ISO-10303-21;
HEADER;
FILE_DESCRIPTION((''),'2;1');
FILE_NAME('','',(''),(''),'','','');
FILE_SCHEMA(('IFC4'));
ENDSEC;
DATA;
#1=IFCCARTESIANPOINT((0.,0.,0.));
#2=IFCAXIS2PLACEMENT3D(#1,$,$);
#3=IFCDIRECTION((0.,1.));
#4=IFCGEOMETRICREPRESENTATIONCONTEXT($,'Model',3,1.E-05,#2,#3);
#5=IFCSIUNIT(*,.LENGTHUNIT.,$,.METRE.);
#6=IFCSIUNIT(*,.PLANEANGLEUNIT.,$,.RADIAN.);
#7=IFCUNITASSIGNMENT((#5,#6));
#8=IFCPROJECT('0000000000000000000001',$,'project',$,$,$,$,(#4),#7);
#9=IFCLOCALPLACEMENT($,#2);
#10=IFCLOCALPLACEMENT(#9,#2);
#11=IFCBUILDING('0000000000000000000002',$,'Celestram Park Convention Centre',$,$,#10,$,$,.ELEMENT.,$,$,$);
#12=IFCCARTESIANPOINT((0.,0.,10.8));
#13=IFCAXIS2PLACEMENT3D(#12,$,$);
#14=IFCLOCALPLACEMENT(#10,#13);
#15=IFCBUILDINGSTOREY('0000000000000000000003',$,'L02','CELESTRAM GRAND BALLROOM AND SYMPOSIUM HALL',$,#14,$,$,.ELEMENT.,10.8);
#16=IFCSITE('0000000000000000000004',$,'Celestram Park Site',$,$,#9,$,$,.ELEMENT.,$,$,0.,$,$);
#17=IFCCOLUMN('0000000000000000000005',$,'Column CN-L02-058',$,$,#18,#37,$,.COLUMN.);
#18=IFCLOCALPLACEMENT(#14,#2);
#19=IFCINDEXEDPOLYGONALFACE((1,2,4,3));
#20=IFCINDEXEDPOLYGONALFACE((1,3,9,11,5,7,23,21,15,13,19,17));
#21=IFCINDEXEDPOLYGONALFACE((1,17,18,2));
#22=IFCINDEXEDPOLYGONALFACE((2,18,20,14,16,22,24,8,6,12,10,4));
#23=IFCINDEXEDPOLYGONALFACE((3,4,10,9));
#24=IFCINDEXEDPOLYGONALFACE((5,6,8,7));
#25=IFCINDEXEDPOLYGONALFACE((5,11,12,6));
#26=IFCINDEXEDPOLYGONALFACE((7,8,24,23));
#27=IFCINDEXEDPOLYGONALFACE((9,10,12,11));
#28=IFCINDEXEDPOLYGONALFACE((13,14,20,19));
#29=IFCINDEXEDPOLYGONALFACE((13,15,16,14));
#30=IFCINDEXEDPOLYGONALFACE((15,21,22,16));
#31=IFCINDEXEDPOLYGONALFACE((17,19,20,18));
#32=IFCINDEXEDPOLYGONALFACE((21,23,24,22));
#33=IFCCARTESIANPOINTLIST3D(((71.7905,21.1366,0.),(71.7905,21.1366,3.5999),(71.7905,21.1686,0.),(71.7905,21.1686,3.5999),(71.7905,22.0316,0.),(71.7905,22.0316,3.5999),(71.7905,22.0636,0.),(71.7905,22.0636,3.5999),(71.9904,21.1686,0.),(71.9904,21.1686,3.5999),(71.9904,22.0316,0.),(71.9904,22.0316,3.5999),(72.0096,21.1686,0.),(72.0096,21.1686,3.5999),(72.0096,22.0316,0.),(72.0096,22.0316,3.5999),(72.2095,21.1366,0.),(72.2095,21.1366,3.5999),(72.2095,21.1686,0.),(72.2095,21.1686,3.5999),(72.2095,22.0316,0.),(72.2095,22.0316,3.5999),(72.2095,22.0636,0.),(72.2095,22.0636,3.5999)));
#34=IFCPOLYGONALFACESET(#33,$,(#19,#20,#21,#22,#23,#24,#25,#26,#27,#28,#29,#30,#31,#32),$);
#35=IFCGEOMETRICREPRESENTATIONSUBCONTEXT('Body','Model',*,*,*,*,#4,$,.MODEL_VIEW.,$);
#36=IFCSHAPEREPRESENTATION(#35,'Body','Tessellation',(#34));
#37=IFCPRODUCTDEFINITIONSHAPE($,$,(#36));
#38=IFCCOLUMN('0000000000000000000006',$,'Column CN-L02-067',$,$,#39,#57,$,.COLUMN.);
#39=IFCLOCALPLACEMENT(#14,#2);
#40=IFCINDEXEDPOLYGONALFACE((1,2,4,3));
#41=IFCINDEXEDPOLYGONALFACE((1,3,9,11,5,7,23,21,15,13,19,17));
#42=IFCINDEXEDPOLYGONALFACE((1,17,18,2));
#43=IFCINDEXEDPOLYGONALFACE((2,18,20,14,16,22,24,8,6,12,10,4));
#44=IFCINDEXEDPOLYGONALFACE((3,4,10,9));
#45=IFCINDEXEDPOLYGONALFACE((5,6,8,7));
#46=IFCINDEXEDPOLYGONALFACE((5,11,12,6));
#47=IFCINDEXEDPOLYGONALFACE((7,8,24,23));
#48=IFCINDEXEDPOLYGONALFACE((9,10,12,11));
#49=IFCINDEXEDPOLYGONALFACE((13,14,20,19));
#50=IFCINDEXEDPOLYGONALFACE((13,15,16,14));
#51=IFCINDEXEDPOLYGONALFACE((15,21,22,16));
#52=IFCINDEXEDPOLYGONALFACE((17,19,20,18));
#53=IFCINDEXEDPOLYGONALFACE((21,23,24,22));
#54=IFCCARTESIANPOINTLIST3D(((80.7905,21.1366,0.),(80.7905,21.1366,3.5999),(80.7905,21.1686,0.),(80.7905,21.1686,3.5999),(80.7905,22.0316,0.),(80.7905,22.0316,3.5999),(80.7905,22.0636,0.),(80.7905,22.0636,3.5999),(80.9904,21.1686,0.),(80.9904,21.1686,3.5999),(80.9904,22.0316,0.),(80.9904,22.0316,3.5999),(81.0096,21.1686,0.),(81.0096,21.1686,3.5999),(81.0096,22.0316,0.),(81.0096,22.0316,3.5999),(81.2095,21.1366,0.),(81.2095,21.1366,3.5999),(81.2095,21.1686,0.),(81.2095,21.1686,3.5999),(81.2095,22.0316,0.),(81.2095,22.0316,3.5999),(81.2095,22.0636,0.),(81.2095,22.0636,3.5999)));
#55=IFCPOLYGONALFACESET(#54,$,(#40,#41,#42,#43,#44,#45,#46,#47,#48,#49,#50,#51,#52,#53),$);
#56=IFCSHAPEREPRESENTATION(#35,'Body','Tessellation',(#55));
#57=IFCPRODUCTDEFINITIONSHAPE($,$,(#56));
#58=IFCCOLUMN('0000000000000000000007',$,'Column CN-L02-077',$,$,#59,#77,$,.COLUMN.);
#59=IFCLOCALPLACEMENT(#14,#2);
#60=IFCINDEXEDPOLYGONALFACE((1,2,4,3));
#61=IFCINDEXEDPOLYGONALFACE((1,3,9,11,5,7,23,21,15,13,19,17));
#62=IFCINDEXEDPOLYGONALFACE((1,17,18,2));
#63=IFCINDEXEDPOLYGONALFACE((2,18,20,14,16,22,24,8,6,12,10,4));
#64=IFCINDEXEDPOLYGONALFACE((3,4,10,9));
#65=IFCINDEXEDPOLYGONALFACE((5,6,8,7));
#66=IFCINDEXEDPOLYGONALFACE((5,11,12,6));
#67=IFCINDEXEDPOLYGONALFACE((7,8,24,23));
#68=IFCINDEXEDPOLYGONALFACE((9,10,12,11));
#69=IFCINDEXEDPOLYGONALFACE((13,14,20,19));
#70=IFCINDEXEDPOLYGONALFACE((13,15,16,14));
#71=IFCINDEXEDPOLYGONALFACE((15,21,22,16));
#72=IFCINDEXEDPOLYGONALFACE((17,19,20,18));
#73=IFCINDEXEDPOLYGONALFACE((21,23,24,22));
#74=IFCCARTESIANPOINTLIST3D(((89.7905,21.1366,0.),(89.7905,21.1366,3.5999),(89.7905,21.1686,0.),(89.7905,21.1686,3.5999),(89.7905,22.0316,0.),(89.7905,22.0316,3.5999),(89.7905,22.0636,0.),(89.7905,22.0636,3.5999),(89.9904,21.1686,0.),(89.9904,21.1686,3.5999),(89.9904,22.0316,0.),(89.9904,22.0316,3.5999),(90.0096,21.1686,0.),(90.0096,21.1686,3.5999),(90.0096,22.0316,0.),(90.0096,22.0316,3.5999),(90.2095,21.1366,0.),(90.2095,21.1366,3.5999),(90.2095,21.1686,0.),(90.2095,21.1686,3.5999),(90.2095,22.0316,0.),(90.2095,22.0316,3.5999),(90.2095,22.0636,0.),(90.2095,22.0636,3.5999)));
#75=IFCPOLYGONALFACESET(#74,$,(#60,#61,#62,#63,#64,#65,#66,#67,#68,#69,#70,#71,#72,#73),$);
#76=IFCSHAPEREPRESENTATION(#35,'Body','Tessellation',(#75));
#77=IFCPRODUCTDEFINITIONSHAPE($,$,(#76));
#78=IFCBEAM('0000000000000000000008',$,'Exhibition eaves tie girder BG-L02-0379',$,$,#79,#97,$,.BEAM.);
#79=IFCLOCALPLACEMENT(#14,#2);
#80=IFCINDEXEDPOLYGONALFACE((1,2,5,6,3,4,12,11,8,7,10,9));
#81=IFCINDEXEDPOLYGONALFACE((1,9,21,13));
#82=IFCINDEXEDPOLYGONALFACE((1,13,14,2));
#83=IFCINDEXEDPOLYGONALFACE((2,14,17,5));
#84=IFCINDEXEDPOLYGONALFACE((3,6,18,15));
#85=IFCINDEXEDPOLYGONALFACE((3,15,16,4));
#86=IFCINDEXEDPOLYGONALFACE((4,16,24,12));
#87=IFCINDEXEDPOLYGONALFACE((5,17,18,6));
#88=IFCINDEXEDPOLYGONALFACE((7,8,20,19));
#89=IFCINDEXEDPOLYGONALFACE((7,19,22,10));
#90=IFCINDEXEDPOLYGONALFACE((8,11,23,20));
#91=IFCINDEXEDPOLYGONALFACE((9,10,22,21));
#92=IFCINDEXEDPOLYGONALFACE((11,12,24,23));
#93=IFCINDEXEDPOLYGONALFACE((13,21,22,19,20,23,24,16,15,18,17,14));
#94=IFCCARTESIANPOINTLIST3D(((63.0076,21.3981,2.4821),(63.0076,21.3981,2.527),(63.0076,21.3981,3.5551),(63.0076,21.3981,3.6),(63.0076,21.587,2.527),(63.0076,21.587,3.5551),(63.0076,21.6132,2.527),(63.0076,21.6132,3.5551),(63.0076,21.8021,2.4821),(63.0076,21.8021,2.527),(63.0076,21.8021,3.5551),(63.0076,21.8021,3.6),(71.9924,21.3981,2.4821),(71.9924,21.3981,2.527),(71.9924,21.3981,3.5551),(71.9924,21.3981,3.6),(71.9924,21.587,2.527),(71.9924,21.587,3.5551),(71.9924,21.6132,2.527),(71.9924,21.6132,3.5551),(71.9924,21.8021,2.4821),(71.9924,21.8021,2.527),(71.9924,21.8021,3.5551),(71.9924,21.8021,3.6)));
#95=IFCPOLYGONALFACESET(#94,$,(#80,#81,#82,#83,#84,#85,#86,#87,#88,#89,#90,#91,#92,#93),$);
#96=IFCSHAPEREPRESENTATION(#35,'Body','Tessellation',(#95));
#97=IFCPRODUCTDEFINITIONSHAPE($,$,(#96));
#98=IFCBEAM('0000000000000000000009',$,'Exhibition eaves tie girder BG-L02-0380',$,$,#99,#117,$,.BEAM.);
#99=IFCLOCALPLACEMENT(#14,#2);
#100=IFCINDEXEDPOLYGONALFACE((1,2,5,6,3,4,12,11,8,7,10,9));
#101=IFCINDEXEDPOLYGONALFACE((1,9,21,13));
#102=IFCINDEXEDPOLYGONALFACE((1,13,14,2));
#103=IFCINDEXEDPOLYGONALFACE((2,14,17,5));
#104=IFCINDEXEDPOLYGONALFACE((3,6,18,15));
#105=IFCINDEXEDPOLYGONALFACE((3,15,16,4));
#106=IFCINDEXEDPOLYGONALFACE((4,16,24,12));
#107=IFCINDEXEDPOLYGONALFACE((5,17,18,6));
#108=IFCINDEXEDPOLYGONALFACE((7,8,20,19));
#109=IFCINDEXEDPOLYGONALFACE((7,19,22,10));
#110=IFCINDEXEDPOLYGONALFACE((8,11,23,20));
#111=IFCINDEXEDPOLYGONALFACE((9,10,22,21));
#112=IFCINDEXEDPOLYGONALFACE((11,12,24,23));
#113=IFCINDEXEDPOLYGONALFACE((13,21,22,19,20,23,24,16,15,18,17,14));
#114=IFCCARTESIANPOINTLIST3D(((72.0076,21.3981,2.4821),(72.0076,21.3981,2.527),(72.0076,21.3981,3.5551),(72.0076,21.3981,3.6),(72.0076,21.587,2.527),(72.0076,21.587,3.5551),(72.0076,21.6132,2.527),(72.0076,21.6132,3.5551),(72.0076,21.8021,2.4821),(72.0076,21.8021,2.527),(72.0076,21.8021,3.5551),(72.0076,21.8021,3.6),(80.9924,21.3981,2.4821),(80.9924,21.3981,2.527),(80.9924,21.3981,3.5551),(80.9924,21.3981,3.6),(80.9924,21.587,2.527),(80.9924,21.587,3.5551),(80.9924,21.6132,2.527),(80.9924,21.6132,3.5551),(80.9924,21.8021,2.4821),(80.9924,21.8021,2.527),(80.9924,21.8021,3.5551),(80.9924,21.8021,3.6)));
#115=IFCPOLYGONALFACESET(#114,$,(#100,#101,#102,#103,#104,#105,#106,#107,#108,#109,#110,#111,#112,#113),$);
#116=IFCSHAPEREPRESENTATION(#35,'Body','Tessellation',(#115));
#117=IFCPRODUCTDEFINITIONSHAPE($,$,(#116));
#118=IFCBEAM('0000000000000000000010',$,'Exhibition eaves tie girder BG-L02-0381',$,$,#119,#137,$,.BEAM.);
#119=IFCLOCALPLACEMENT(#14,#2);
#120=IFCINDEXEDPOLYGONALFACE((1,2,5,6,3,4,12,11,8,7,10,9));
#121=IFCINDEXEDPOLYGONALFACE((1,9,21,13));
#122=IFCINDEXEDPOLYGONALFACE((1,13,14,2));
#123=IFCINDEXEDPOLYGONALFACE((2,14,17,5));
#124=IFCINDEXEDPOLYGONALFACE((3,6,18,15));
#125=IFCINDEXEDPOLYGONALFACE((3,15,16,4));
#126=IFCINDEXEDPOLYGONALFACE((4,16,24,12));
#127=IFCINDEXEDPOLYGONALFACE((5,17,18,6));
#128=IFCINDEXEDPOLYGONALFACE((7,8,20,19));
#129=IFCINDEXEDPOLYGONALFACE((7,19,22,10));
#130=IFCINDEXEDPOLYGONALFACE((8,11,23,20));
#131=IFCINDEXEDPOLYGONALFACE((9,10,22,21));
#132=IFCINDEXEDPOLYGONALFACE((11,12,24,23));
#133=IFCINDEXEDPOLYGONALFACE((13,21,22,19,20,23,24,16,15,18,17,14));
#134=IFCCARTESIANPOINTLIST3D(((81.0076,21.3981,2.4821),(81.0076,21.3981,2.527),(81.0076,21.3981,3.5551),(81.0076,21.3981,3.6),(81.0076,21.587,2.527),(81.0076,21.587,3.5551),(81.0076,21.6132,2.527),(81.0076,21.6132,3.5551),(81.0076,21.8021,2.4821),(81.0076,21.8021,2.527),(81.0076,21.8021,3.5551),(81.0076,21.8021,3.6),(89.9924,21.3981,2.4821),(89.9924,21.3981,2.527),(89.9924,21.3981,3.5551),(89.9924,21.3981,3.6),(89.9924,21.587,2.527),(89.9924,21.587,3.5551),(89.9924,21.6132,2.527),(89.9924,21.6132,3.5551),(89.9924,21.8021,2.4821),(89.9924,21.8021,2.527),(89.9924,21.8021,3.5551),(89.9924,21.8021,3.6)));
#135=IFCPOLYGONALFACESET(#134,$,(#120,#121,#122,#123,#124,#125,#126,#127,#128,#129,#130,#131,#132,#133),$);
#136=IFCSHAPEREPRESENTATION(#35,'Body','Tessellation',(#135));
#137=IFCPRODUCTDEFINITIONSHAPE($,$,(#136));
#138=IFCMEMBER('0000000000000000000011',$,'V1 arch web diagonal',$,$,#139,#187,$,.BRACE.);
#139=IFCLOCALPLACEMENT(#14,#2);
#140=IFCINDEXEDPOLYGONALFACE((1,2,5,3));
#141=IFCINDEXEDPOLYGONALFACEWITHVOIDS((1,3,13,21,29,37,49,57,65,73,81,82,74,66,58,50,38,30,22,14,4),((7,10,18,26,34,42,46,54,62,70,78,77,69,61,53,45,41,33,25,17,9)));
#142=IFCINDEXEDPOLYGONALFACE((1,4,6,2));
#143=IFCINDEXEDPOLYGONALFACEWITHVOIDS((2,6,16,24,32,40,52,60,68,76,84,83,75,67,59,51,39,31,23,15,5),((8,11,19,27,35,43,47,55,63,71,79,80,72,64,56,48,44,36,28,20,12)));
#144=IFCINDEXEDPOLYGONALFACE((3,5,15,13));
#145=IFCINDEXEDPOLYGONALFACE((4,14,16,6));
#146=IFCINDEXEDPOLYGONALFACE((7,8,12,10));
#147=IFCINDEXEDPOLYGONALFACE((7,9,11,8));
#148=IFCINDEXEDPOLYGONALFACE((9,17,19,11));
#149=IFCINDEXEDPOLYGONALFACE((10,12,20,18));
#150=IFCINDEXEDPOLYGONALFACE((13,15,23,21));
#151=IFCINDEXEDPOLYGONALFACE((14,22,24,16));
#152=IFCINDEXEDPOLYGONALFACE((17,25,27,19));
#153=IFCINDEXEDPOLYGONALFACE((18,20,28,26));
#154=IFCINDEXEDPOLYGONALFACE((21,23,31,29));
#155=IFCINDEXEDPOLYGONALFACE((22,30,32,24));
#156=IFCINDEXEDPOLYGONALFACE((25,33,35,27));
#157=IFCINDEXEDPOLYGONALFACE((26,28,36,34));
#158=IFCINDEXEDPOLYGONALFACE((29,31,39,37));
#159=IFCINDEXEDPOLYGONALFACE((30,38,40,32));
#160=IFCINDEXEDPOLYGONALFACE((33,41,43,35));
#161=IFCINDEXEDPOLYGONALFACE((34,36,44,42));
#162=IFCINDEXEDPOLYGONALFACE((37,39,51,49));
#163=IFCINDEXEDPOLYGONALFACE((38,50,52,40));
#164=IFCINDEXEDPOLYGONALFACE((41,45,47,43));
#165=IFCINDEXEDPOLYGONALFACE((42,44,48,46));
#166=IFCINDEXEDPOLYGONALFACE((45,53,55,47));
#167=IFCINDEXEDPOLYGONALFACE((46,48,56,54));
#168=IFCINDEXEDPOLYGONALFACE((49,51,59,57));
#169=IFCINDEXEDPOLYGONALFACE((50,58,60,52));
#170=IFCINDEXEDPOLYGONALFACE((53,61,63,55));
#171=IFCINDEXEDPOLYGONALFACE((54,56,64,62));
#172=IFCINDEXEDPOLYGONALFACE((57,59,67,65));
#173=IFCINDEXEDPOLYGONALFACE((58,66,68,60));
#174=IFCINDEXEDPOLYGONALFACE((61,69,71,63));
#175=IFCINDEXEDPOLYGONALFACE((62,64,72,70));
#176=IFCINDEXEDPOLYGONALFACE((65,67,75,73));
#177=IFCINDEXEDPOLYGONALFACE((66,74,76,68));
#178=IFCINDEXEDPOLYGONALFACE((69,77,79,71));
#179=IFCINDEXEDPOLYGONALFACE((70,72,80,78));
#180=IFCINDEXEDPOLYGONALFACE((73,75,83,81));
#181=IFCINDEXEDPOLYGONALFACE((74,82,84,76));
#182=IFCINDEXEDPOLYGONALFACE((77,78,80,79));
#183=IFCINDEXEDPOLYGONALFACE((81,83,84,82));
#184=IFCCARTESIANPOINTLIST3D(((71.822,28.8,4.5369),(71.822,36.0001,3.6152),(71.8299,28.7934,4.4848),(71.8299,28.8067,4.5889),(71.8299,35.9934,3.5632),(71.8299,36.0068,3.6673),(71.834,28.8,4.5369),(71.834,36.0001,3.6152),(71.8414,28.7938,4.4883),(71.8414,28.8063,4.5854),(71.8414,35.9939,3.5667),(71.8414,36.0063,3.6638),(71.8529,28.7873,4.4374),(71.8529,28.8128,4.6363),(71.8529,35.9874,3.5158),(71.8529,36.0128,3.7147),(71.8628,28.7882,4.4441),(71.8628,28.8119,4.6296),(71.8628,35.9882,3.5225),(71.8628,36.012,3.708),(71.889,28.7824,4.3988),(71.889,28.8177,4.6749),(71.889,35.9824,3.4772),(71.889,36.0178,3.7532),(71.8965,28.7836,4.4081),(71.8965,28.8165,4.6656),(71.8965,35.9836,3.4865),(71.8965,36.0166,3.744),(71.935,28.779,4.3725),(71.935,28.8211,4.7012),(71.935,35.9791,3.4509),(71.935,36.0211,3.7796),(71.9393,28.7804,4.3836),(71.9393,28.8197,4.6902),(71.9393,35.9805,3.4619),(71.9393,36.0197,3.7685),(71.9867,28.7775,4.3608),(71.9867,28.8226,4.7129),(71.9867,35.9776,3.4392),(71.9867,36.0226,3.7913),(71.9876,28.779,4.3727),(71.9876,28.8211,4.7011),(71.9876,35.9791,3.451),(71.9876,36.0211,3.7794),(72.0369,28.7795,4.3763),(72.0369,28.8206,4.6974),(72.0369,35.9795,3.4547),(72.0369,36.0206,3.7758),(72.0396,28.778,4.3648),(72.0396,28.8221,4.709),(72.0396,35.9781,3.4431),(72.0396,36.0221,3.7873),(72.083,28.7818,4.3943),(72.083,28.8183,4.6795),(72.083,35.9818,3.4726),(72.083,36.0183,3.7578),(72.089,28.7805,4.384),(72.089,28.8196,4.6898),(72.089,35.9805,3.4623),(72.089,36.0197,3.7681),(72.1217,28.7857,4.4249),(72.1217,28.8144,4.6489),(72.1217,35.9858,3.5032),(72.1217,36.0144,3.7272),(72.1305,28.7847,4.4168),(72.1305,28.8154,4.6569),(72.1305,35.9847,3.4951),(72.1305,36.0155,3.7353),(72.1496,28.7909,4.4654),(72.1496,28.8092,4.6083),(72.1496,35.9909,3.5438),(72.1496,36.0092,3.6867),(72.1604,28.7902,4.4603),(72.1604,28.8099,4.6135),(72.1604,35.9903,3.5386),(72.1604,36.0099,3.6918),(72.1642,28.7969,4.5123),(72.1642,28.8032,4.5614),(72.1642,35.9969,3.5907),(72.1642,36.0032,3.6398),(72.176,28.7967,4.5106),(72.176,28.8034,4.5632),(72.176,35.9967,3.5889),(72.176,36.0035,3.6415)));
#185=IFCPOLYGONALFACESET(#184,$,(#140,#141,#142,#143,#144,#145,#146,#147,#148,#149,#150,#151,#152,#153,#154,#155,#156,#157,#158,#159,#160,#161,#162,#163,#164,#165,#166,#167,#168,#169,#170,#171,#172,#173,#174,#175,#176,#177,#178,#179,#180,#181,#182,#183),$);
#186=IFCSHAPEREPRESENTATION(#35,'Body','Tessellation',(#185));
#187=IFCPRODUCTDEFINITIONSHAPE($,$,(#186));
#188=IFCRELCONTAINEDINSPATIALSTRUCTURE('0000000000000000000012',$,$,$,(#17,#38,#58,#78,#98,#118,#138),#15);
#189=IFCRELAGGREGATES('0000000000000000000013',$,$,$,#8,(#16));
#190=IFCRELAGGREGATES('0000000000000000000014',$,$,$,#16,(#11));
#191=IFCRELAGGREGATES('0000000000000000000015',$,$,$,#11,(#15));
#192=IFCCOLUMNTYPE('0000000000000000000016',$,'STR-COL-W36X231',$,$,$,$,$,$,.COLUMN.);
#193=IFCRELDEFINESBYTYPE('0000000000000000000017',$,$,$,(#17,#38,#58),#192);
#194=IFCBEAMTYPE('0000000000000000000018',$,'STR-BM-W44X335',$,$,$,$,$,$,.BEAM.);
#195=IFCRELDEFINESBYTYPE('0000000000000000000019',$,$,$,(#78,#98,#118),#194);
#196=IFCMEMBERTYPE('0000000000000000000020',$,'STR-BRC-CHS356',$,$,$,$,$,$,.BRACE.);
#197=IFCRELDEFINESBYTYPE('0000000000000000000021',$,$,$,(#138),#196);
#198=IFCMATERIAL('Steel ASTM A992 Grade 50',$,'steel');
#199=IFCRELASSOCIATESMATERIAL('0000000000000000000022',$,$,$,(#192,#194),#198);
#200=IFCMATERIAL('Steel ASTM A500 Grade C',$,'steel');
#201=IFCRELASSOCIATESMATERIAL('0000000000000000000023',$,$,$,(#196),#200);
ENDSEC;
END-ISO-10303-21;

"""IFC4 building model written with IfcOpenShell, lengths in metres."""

from ifc_helpers import new_model, si_unit, direction, frame, origin, origin_2d, place, context, subcontext, project, spatial, hollow_circle, i_section, extrude, material, material_profile, profile_set, type_object, element, save


model = new_model("IFC4")

# Units and contexts
model_context = context("Model", 3, precision=1e-05, world=origin(), true_north=direction((0.0, 1.0)))
body_context = subcontext(model_context, "Body", "Model", "MODEL_VIEW")
ifc_project = project(units=[si_unit("LENGTHUNIT", "METRE"), si_unit("PLANEANGLEUNIT", "RADIAN")], contexts=[model_context])

# Site, building, storey
site_placement = place(None, origin())
site = spatial("IfcSite", under=ifc_project, at=site_placement, Name="Celestram Park Site", CompositionType="ELEMENT", RefElevation=0.0)
building_placement = place(site_placement, origin())
building = spatial("IfcBuilding", under=site, at=building_placement, Name="Celestram Park Convention Centre", CompositionType="ELEMENT")
storey_placement = place(building_placement, frame((0.0, 0.0, 10.8)))
storey = spatial("IfcBuildingStorey", under=building, at=storey_placement, Name="L02", Description="CELESTRAM GRAND BALLROOM AND SYMPOSIUM HALL", CompositionType="ELEMENT", Elevation=10.8)

# Columns
ifc_material_1 = material(Name="Steel ASTM A992 Grade 50", Category="steel")
ifc_material_profile_1 = material_profile(ifc_material_1, i_section(OverallWidth=0.4189, OverallDepth=0.927, WebThickness=0.0193, FlangeThickness=0.032, at=origin_2d()), Name="W36X231")
ifc_profile_set_1 = profile_set([ifc_material_profile_1], Name="Steel ASTM A992 Grade 50")
column_type = type_object("IfcColumnType", Name="STR-COL-W36X231", PredefinedType="COLUMN", material=ifc_profile_set_1)
for number, where, z_axis, x_axis, name in (
    (1, (72.0, 21.6001, 0.0), (0.0, 0.0, 1.0), (1.0, 0.0, 0.0), "Column CN-L02-058"),
    (2, (81.0, 21.6001, 0.0), (0.0, 0.0, 1.0), (1.0, 0.0, 0.0), "Column CN-L02-067"),
    (3, (90.0, 21.6001, 0.0), (0.0, 0.0, 1.0), (1.0, 0.0, 0.0), "Column CN-L02-077"),
):
    element("IfcColumn", number, at=place(storey_placement, frame(where, z_axis=z_axis, x_axis=x_axis)), inside=storey, type_object=column_type, Name=name, PredefinedType="COLUMN", context=body_context, shape_type="SweptSolid", body=[
        extrude(i_section(OverallWidth=0.4189, OverallDepth=0.927, WebThickness=0.0193, FlangeThickness=0.032, at=origin_2d()), origin(), (0.0, 0.0, 1.0), 3.5999),
    ])

# Beams
ifc_material_profile_2 = material_profile(ifc_material_1, i_section(OverallWidth=0.4041, OverallDepth=1.1179, WebThickness=0.0261, FlangeThickness=0.0449, at=origin_2d()), Name="W44X335")
ifc_profile_set_2 = profile_set([ifc_material_profile_2], Name="Steel ASTM A992 Grade 50")
beam_type_1 = type_object("IfcBeamType", Name="STR-BM-W44X335", PredefinedType="BEAM", material=ifc_profile_set_2)
for number, where, z_axis, x_axis, name in (
    (4, (63.0076, 21.6001, 3.041), (1.0, 0.0, 0.0), (0.0, 1.0, 0.0), "Exhibition eaves tie girder BG-L02-0379"),
    (5, (72.0076, 21.6001, 3.041), (1.0, 0.0, 0.0), (0.0, 1.0, 0.0), "Exhibition eaves tie girder BG-L02-0380"),
    (6, (81.0076, 21.6001, 3.041), (1.0, 0.0, 0.0), (0.0, 1.0, 0.0), "Exhibition eaves tie girder BG-L02-0381"),
):
    element("IfcBeam", number, at=place(storey_placement, frame(where, z_axis=z_axis, x_axis=x_axis)), inside=storey, type_object=beam_type_1, Name=name, PredefinedType="BEAM", context=body_context, shape_type="SweptSolid", body=[
        extrude(i_section(OverallWidth=0.4041, OverallDepth=1.1179, WebThickness=0.0261, FlangeThickness=0.0449, at=origin_2d()), origin(), (0.0, 0.0, 1.0), 8.9849),
    ])

# Member
ifc_material_2 = material(Name="Steel ASTM A500 Grade C", Category="steel")
ifc_material_profile_3 = material_profile(ifc_material_2, hollow_circle(Radius=0.178, WallThickness=0.012, at=origin_2d()), Name="CHS356X12")
ifc_profile_set_3 = profile_set([ifc_material_profile_3], Name="Steel ASTM A500 Grade C")
member_type_1 = type_object("IfcMemberType", Name="STR-BRC-CHS356", PredefinedType="BRACE", material=ifc_profile_set_3)
for number, where, z_axis, x_axis, name in (
    (7, (72.0, 28.8, 4.5369), (0.0, 0.991907, -0.126969), (-1.0, 0.0, 0.0), "V1 arch web diagonal"),
):
    element("IfcMember", number, at=place(storey_placement, frame(where, z_axis=z_axis, x_axis=x_axis)), inside=storey, type_object=member_type_1, Name=name, PredefinedType="BRACE", context=body_context, shape_type="SweptSolid", body=[
        extrude(hollow_circle(Radius=0.178, WallThickness=0.012, at=origin_2d()), origin(), (0.0, 0.0, 1.0), 7.2588),
    ])

save(model, "model.ifc")
